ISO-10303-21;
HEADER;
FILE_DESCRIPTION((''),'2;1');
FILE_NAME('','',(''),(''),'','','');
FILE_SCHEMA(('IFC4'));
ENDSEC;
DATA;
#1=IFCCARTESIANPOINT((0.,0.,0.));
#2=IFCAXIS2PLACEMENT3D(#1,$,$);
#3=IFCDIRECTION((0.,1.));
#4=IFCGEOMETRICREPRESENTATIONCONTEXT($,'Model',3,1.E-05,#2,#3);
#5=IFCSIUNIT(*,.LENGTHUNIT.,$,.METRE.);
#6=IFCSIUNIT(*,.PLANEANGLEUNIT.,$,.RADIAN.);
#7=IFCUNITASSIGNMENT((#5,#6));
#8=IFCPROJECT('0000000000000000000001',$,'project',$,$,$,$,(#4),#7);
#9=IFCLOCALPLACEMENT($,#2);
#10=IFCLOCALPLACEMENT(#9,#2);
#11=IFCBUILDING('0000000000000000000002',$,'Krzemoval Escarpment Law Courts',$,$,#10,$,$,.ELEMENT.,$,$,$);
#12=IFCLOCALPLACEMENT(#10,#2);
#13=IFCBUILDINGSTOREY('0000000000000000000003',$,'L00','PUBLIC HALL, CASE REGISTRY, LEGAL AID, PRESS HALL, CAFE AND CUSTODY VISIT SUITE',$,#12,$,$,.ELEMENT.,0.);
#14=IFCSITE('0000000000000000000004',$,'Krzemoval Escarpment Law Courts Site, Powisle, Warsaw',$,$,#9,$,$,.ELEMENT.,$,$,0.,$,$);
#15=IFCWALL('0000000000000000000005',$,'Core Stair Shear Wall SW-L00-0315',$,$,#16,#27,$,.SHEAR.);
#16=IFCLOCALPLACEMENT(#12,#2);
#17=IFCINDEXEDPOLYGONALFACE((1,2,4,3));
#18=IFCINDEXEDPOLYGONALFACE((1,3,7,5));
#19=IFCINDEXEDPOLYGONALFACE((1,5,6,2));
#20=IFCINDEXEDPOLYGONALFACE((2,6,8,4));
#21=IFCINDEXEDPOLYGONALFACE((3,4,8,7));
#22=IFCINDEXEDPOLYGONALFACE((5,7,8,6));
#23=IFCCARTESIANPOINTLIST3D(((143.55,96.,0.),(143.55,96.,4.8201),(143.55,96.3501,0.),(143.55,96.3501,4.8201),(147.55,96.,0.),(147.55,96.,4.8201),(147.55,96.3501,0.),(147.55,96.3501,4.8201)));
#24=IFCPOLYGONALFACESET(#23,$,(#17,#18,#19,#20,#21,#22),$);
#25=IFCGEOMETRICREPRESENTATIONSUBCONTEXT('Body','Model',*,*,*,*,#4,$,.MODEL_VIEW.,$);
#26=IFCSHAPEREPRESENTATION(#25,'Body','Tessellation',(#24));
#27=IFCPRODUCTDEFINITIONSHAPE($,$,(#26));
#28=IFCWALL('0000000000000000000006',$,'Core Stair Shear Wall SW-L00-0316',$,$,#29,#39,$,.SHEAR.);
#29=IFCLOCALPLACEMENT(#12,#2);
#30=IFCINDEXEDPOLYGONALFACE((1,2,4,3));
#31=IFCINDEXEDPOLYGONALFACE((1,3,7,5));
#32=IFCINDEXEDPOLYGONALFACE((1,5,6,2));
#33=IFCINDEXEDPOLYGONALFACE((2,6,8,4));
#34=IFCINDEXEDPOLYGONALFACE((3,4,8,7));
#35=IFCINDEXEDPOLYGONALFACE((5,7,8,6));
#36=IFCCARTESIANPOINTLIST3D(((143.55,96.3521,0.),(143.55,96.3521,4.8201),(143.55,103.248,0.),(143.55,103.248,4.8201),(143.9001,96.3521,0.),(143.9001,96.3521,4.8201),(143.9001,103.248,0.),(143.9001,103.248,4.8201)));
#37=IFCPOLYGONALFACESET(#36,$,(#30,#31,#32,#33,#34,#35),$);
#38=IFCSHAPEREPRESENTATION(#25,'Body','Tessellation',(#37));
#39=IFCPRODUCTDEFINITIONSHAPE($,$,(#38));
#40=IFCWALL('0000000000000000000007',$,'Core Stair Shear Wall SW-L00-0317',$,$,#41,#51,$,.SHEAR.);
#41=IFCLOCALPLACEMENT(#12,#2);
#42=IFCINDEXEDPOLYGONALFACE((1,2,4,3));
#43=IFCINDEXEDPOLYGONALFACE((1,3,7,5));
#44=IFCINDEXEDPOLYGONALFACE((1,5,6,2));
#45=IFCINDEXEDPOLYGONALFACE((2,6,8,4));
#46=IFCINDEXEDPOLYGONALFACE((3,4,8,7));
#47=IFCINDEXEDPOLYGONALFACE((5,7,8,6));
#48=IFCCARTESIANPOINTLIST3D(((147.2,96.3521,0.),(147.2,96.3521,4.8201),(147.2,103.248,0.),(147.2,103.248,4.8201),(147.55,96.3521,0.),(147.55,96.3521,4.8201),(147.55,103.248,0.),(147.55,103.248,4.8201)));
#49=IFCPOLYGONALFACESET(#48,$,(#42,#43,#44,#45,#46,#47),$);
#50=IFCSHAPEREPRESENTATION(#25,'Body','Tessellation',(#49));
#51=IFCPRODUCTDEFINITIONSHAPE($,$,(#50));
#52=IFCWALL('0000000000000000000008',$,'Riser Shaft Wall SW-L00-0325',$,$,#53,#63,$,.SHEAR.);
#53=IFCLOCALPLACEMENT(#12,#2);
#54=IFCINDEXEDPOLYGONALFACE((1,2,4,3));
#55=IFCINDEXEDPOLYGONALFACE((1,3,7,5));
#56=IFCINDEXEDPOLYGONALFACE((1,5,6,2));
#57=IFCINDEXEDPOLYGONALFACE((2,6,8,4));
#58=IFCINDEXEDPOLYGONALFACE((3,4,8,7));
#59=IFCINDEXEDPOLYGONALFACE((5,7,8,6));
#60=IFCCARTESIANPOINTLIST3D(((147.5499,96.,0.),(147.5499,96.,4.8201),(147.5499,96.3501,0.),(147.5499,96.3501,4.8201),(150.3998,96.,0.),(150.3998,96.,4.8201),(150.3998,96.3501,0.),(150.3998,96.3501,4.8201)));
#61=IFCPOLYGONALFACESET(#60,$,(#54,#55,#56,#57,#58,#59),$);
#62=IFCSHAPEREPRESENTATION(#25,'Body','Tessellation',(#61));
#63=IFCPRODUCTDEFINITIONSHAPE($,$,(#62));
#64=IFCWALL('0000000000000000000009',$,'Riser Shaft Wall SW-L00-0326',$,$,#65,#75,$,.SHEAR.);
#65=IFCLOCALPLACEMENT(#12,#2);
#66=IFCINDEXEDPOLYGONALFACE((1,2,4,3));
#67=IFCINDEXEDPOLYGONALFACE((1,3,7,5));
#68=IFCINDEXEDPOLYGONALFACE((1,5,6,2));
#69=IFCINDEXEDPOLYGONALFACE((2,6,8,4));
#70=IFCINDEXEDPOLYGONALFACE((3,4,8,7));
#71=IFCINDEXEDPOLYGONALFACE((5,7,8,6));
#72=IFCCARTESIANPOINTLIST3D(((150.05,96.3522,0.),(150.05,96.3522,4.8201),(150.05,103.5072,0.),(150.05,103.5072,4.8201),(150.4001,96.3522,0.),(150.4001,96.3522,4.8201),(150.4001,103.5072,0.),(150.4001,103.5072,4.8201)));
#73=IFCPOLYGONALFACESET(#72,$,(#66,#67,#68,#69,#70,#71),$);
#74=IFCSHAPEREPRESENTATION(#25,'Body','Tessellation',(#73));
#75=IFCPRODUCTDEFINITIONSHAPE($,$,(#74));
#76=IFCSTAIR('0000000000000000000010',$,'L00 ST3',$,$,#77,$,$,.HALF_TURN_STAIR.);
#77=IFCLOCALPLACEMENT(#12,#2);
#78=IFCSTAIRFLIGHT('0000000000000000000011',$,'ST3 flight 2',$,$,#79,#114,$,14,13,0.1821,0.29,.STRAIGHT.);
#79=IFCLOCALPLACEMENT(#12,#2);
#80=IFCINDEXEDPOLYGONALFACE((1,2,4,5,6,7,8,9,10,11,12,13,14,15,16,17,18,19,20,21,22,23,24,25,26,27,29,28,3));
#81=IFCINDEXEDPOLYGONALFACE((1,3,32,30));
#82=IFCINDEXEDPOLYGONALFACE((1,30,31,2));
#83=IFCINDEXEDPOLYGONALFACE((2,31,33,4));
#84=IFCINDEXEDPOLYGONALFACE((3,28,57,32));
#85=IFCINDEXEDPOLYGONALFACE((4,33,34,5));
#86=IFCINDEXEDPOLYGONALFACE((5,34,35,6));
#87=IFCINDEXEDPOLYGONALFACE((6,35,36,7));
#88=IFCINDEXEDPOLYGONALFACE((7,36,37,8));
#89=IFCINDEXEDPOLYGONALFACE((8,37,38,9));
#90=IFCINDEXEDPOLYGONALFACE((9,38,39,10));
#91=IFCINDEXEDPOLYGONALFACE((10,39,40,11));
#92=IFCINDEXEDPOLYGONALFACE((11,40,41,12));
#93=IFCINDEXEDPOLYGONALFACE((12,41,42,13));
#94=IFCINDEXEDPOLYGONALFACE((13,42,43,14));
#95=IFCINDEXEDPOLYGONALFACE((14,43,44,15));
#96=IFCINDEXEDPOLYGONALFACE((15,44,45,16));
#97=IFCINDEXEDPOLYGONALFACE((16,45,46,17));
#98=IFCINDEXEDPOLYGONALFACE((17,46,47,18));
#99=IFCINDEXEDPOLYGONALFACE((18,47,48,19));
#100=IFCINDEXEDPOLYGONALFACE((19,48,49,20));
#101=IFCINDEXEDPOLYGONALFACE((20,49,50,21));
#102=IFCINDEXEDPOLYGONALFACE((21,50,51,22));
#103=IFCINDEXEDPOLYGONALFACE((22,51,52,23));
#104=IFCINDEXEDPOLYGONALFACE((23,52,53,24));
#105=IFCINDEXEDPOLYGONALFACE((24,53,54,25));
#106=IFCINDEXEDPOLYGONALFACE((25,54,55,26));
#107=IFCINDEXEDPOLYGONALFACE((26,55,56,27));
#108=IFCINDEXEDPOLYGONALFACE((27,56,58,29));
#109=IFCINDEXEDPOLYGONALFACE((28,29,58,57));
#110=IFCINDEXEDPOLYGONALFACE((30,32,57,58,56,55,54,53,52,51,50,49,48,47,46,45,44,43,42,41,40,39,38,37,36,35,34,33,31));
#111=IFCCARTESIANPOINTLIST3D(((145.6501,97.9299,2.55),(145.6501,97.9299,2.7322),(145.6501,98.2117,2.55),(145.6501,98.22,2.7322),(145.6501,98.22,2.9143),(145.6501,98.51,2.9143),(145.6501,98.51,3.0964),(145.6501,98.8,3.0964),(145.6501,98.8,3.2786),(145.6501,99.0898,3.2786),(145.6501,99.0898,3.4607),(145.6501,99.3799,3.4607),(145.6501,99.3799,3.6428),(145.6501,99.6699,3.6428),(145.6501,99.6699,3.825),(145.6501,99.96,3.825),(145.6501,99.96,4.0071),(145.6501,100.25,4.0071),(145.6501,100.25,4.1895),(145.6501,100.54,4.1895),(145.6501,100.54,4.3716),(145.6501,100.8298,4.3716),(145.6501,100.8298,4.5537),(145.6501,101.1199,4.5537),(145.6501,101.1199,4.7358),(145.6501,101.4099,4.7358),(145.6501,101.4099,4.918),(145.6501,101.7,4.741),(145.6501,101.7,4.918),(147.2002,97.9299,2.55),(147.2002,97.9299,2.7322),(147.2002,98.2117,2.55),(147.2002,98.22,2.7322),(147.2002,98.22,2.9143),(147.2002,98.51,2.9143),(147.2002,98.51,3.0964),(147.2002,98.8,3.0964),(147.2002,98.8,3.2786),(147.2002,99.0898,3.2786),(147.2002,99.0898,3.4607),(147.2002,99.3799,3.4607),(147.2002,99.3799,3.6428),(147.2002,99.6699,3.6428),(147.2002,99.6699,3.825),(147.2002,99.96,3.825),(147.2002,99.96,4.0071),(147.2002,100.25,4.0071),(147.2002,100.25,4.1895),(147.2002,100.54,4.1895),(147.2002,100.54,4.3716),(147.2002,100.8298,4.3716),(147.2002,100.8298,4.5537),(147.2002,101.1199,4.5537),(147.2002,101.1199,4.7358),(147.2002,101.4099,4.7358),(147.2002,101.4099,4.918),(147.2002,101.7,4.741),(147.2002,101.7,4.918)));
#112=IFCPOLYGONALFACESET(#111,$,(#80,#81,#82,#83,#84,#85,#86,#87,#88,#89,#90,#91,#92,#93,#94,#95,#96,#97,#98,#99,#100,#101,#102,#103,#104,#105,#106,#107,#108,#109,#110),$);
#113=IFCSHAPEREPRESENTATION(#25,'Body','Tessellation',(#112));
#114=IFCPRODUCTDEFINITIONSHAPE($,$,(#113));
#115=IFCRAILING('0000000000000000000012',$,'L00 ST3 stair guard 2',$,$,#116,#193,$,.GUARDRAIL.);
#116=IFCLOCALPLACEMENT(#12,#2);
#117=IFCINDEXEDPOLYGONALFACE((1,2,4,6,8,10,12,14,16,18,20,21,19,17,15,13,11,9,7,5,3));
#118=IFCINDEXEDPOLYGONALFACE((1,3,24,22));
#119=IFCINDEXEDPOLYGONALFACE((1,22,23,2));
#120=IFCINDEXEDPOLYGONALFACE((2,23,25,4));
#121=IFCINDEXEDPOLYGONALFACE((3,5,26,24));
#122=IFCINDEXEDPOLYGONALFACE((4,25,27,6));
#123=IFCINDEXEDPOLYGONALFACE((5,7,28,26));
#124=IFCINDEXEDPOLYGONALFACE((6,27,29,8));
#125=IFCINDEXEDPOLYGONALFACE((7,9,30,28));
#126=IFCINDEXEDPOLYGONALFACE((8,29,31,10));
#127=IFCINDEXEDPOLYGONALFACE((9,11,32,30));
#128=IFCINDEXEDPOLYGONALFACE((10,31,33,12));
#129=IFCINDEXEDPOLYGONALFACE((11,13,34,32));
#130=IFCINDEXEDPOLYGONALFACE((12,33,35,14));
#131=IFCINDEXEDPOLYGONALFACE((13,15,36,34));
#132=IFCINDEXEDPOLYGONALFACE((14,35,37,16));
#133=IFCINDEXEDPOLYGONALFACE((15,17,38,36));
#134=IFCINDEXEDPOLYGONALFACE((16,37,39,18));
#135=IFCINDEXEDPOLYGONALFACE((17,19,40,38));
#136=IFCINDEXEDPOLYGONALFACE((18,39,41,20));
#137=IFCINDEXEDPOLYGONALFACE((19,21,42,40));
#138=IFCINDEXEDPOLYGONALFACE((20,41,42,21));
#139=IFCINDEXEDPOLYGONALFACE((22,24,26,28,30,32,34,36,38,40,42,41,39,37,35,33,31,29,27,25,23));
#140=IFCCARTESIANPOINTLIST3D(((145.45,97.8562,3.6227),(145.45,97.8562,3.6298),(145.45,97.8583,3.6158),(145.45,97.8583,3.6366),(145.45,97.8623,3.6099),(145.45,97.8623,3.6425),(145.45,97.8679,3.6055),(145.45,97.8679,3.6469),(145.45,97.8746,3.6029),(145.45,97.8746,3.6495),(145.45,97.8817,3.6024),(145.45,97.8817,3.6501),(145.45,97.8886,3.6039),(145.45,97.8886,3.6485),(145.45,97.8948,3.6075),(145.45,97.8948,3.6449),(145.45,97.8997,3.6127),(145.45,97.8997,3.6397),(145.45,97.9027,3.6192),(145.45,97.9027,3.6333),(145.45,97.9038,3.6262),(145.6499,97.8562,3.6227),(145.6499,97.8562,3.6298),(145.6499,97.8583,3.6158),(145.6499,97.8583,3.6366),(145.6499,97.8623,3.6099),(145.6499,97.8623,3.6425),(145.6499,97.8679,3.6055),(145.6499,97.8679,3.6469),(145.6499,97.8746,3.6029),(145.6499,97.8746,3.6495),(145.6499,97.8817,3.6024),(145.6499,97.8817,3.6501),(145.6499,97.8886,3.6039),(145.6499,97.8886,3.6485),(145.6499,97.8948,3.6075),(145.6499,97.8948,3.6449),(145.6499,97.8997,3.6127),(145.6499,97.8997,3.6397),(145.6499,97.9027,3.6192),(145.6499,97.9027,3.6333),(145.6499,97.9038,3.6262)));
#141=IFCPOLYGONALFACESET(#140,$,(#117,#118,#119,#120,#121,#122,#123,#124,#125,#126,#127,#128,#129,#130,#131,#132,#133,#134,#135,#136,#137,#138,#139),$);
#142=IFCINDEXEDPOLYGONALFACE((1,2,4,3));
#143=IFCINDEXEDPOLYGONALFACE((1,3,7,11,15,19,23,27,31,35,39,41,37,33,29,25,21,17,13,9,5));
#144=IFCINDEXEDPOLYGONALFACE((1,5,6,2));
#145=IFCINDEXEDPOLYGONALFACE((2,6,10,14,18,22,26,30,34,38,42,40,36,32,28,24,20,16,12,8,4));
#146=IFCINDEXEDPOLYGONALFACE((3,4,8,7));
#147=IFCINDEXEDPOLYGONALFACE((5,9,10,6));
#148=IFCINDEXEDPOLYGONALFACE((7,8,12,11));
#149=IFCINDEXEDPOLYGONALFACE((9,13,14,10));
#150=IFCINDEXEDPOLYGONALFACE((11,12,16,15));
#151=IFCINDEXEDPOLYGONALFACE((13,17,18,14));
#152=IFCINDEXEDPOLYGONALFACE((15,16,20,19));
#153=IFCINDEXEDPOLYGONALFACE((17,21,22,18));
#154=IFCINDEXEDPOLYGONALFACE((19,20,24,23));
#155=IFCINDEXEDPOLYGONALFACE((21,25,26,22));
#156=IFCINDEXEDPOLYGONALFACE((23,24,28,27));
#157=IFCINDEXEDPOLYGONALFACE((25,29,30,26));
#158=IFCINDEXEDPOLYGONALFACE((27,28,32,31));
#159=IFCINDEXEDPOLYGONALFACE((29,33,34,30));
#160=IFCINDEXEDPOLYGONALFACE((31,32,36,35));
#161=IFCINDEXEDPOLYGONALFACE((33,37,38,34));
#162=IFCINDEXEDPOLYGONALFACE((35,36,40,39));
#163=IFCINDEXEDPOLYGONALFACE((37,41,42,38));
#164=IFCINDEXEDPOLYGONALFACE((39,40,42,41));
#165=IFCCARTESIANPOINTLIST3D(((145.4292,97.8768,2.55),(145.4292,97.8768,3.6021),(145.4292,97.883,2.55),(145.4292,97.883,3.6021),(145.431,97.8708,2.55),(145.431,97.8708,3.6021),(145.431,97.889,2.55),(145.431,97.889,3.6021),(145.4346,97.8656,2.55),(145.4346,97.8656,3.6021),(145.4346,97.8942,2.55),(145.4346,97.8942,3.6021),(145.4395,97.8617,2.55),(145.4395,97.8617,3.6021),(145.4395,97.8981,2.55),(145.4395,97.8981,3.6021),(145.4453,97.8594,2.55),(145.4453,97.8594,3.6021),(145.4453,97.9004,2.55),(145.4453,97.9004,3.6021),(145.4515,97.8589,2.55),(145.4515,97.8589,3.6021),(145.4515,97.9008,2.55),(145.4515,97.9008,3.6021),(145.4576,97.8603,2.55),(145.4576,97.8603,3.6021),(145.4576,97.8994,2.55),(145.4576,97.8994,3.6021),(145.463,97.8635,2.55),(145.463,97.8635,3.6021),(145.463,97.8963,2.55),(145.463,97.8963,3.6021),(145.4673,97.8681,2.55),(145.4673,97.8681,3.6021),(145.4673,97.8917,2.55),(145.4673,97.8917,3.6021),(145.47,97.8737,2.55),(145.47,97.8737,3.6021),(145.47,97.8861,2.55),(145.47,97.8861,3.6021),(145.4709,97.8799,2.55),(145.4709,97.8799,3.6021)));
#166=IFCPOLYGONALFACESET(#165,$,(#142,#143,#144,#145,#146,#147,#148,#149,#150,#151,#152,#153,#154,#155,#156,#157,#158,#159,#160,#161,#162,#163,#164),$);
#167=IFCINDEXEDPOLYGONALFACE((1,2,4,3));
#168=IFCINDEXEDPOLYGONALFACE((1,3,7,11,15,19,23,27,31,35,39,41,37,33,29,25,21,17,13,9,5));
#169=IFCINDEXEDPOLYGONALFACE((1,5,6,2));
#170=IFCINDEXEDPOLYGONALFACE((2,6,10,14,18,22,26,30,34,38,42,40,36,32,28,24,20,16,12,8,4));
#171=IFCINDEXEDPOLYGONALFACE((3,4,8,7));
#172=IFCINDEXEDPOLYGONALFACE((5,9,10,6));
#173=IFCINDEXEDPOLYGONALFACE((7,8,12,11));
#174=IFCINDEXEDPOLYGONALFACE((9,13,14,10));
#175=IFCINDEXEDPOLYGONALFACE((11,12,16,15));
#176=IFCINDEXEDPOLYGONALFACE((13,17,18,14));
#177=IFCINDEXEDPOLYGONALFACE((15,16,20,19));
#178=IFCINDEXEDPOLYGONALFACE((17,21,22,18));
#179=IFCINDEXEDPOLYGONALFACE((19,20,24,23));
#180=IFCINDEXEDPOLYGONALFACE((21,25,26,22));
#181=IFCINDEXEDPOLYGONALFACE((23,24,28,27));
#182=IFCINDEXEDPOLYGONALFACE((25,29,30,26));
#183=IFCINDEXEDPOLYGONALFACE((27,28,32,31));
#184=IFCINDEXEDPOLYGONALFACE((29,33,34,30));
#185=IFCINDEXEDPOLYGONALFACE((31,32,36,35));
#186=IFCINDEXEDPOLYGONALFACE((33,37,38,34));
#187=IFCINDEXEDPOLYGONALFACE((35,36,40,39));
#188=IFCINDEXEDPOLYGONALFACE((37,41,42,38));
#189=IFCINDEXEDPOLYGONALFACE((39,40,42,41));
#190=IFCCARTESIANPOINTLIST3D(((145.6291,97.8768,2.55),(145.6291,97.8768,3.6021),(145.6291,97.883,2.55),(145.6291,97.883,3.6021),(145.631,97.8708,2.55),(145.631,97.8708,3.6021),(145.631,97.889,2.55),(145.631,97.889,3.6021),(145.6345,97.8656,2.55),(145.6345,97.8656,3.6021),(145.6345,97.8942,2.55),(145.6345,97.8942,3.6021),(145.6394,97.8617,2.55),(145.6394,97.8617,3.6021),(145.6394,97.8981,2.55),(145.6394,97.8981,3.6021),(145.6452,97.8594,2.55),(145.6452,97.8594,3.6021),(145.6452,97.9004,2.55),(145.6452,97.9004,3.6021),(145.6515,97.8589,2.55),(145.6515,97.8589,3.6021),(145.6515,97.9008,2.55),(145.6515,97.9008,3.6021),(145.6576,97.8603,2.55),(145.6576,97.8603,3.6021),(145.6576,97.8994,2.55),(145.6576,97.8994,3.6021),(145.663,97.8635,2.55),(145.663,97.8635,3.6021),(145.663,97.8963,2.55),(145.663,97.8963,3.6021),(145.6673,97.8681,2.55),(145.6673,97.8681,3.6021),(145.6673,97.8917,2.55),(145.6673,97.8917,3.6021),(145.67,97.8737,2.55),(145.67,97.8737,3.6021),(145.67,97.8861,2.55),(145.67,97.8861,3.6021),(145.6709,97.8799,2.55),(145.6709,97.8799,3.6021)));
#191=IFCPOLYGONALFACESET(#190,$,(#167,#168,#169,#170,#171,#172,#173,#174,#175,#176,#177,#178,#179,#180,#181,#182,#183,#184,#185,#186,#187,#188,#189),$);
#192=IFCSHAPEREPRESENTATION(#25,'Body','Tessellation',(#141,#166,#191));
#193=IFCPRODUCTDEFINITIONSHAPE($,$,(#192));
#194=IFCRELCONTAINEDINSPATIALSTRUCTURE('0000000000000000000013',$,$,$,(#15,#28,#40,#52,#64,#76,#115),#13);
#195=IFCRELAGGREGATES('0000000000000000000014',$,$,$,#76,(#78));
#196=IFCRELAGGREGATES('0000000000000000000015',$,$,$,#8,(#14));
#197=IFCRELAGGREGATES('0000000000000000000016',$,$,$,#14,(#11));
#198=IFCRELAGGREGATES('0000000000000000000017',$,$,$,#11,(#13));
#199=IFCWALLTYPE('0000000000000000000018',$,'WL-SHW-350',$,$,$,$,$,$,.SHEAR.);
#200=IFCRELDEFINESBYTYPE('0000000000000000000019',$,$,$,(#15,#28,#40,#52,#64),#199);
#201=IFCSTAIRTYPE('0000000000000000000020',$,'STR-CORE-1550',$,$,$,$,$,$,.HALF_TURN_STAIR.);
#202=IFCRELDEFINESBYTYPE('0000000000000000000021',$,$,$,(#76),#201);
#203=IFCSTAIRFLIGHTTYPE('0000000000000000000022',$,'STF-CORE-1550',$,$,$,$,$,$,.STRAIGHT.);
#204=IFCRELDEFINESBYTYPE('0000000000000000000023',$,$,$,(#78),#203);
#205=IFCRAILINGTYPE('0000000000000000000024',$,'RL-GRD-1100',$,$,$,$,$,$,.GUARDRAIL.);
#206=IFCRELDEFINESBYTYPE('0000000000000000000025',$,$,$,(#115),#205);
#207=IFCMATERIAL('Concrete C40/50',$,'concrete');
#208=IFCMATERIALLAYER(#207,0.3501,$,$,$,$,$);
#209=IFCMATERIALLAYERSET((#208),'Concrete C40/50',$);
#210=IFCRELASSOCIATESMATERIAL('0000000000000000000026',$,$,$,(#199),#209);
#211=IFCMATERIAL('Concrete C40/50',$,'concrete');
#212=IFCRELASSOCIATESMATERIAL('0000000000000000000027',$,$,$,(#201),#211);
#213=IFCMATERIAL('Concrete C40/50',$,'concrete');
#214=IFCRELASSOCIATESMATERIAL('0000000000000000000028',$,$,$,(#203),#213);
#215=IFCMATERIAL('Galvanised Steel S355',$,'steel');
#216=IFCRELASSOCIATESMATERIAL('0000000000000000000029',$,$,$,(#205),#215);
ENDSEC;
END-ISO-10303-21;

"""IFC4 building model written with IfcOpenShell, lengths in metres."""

from ifc_helpers import new_model, si_unit, direction, frame, frame_2d, origin, origin_2d, place, context, subcontext, project, spatial, polyline, rectangle, circle, outline, extrude, material, layer, layer_set, type_object, element, aggregate, save


model = new_model("IFC4")

# Units and contexts
model_context = context("Model", 3, precision=1e-05, world=origin(), true_north=direction((0.0, 1.0)))
body_context = subcontext(model_context, "Body", "Model", "MODEL_VIEW")
ifc_project = project(units=[si_unit("LENGTHUNIT", "METRE"), si_unit("PLANEANGLEUNIT", "RADIAN")], contexts=[model_context])

# Site, building, storey
site_placement = place(None, origin())
site = spatial("IfcSite", under=ifc_project, at=site_placement, Name="Krzemoval Escarpment Law Courts Site, Powisle, Warsaw", CompositionType="ELEMENT", RefElevation=0.0)
building_placement = place(site_placement, origin())
building = spatial("IfcBuilding", under=site, at=building_placement, Name="Krzemoval Escarpment Law Courts", CompositionType="ELEMENT")
storey_placement = place(building_placement, origin())
storey = spatial("IfcBuildingStorey", under=building, at=storey_placement, Name="L00", Description="PUBLIC HALL, CASE REGISTRY, LEGAL AID, PRESS HALL, CAFE AND CUSTODY VISIT SUITE", CompositionType="ELEMENT", Elevation=0.0)

# Walls
ifc_material_1 = material(Name="Concrete C40/50", Category="concrete")
ifc_layer_1 = layer(ifc_material_1, 0.3501)
ifc_layer_set_1 = layer_set([ifc_layer_1], Name="Concrete C40/50")
wall_type_1 = type_object("IfcWallType", Name="WL-SHW-350", PredefinedType="SHEAR", material=ifc_layer_set_1)
wall_1_placement = place(storey_placement, frame((143.55, 96.175, 0.0), z_axis=(0.0, 0.0, 1.0), x_axis=(1.0, 0.0, 0.0)))
element("IfcWall", 1, at=wall_1_placement, inside=storey, type_object=wall_type_1, Name="Core Stair Shear Wall SW-L00-0315", PredefinedType="SHEAR", context=body_context, shape_type="SweptSolid", body=[
    extrude(rectangle(XDim=4.0, YDim=0.3501, at=frame_2d((2.0, 0.0))), origin(), (0.0, 0.0, 1.0), 4.8201),
])
for number, where, z_axis, x_axis, name in (
    (2, (143.7251, 96.3521, 0.0), (0.0, 0.0, 1.0), (0.0, 1.0, 0.0), "Core Stair Shear Wall SW-L00-0316"),
    (3, (147.375, 96.3521, 0.0), (0.0, 0.0, 1.0), (0.0, 1.0, 0.0), "Core Stair Shear Wall SW-L00-0317"),
):
    element("IfcWall", number, at=place(storey_placement, frame(where, z_axis=z_axis, x_axis=x_axis)), inside=storey, type_object=wall_type_1, Name=name, PredefinedType="SHEAR", context=body_context, shape_type="SweptSolid", body=[
        extrude(rectangle(XDim=6.896, YDim=0.3501, at=frame_2d((3.448, 0.0))), origin(), (0.0, 0.0, 1.0), 4.8201),
    ])
wall_2_placement = place(storey_placement, frame((147.55, 96.175, 0.0), z_axis=(0.0, 0.0, 1.0), x_axis=(1.0, 0.0, 0.0)))
element("IfcWall", 4, at=wall_2_placement, inside=storey, type_object=wall_type_1, Name="Riser Shaft Wall SW-L00-0325", PredefinedType="SHEAR", context=body_context, shape_type="SweptSolid", body=[
    extrude(rectangle(XDim=2.8499, YDim=0.3501, at=frame_2d((1.4248, 0.0))), origin(), (0.0, 0.0, 1.0), 4.8201),
])
wall_3_placement = place(storey_placement, frame((150.2251, 96.3521, 0.0), z_axis=(0.0, 0.0, 1.0), x_axis=(0.0, 1.0, 0.0)))
element("IfcWall", 5, at=wall_3_placement, inside=storey, type_object=wall_type_1, Name="Riser Shaft Wall SW-L00-0326", PredefinedType="SHEAR", context=body_context, shape_type="SweptSolid", body=[
    extrude(rectangle(XDim=7.155, YDim=0.3501, at=frame_2d((3.5776, 0.0))), origin(), (0.0, 0.0, 1.0), 4.8201),
])

# Stair, stair flight
ifc_material_2 = material(Name="Concrete C40/50", Category="concrete")
stair_type = type_object("IfcStairType", Name="STR-CORE-1550", PredefinedType="HALF_TURN_STAIR", material=ifc_material_2)
stair_placement = place(storey_placement, origin())
stair = element("IfcStair", 6, at=stair_placement, inside=storey, type_object=stair_type, Name="L00 ST3", PredefinedType="HALF_TURN_STAIR")
ifc_material_3 = material(Name="Concrete C40/50", Category="concrete")
stair_flight_type = type_object("IfcStairFlightType", Name="STF-CORE-1550", PredefinedType="STRAIGHT", material=ifc_material_3)
stair_flight_placement = place(storey_placement, frame((146.425, 97.9299, 2.55), z_axis=(0.0, 0.0, 1.0), x_axis=(0.0, 1.0, 0.0)))
stair_flight = element("IfcStairFlight", 7, at=stair_flight_placement, type_object=stair_flight_type, Name="ST3 flight 2", NumberOfRisers=14, NumberOfTreads=13, PredefinedType="STRAIGHT", RiserHeight=0.1821, TreadLength=0.29, context=body_context, shape_type="SweptSolid", body=[
    extrude(outline(polyline([(0.0, 0.0), (0.0, 0.1821), (0.29, 0.1821), (0.29, 0.3643), (0.5801, 0.3643), (0.5801, 0.5464), (0.8701, 0.5464), (0.8701, 0.7285), (1.1599, 0.7285), (1.1599, 0.9106), (1.45, 0.9106), (1.45, 1.0928), (1.74, 1.0928), (1.74, 1.2749), (2.03, 1.2749), (2.03, 1.457), (2.3201, 1.457), (2.3201, 1.6394), (2.6101, 1.6394), (2.6101, 1.8215), (2.8999, 1.8215), (2.8999, 2.0037), (3.1899, 2.0037), (3.1899, 2.1858), (3.48, 2.1858), (3.48, 2.3679), (3.77, 2.3679), (3.77, 2.55), (3.77, 2.1909), (0.2817, 0.0), (0.0, 0.0)])), frame((0.0, 0.7749, 0.0), z_axis=(0.0, -1.0, 0.0), x_axis=(1.0, 0.0, 0.0)), (0.0, 0.0, 1.0), 1.55),
])
aggregate(stair, [stair_flight])

# Railing
ifc_material_4 = material(Name="Galvanised Steel S355", Category="steel")
railing_type_1 = type_object("IfcRailingType", Name="RL-GRD-1100", PredefinedType="GUARDRAIL", material=ifc_material_4)
railing_1_placement = place(storey_placement, frame((145.45, 97.8799, 2.55)))
element("IfcRailing", 8, at=railing_1_placement, inside=storey, type_object=railing_type_1, Name="L00 ST3 stair guard 2", PredefinedType="GUARDRAIL", context=body_context, shape_type="SweptSolid", body=[
    extrude(circle(Radius=0.0239, at=origin_2d()), frame((0.0, 0.0, 1.0762), z_axis=(1.0, 0.0, 0.0), x_axis=(0.0, 1.0, 0.0)), (0.0, 0.0, 1.0), 0.2),
    extrude(circle(Radius=0.021, at=origin_2d()), origin(), (0.0, 0.0, 1.0), 1.052),
    extrude(circle(Radius=0.021, at=origin_2d()), frame((0.2, 0.0, 0.0)), (0.0, 0.0, 1.0), 1.052),
])

save(model, "model.ifc")
